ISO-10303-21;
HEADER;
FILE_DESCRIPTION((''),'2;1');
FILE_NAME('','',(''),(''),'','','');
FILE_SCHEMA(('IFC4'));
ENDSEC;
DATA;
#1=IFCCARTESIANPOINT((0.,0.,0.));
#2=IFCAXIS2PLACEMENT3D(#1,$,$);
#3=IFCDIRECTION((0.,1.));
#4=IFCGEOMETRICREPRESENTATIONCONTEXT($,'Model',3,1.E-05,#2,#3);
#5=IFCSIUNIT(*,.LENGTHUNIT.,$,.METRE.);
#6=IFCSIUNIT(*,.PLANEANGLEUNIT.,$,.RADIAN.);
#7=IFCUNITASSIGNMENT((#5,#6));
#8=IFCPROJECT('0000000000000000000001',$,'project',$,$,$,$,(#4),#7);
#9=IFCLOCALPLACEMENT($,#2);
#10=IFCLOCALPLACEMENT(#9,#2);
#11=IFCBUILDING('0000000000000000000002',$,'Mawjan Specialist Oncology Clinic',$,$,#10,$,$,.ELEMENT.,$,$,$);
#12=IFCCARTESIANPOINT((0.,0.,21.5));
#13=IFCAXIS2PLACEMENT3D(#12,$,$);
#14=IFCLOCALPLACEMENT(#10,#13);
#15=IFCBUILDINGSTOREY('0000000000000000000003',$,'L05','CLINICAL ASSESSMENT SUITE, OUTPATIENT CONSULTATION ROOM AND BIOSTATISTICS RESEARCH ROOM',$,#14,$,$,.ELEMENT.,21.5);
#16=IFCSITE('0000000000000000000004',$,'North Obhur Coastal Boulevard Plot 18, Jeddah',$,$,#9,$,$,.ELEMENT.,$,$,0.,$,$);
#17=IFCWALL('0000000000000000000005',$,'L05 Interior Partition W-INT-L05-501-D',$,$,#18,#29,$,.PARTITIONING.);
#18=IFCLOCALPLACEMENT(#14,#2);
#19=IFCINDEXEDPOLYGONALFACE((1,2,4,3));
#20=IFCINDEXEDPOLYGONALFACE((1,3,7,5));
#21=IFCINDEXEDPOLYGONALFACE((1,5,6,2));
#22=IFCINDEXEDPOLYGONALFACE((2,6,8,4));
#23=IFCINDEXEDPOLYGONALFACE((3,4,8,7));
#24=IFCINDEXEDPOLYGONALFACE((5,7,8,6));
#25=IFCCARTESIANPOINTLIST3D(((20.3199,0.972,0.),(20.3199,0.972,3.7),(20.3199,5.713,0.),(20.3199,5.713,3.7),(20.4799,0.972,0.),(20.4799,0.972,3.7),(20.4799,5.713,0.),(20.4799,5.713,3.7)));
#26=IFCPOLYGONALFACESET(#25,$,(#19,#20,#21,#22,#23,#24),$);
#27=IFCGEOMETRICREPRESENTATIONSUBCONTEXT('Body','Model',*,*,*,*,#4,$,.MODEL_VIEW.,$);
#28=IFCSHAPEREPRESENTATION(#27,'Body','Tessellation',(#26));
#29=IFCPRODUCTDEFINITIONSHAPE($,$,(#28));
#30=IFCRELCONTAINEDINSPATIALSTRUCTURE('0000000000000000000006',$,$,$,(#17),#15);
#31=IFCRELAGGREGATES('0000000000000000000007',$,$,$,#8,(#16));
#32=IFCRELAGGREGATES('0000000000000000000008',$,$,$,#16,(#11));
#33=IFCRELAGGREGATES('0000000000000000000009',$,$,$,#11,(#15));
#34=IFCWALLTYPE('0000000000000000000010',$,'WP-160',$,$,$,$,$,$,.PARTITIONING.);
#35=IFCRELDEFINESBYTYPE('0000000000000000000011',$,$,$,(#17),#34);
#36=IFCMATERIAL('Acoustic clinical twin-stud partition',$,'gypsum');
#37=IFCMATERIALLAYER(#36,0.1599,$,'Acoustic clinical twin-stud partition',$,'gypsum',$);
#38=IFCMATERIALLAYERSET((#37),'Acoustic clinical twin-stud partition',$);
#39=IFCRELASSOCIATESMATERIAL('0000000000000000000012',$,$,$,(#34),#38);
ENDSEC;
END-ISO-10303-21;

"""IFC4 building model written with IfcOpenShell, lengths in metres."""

from ifc_helpers import new_model, si_unit, direction, frame, frame_2d, origin, place, context, subcontext, project, spatial, rectangle, extrude, material, layer, layer_set, type_object, element, save


model = new_model("IFC4")

# Units and contexts
model_context = context("Model", 3, precision=1e-05, world=origin(), true_north=direction((0.0, 1.0)))
body_context = subcontext(model_context, "Body", "Model", "MODEL_VIEW")
ifc_project = project(units=[si_unit("LENGTHUNIT", "METRE"), si_unit("PLANEANGLEUNIT", "RADIAN")], contexts=[model_context])

# Site, building, storey
site_placement = place(None, origin())
site = spatial("IfcSite", under=ifc_project, at=site_placement, Name="North Obhur Coastal Boulevard Plot 18, Jeddah", CompositionType="ELEMENT", RefElevation=0.0)
building_placement = place(site_placement, origin())
building = spatial("IfcBuilding", under=site, at=building_placement, Name="Mawjan Specialist Oncology Clinic", CompositionType="ELEMENT")
storey_placement = place(building_placement, frame((0.0, 0.0, 21.5)))
storey = spatial("IfcBuildingStorey", under=building, at=storey_placement, Name="L05", Description="CLINICAL ASSESSMENT SUITE, OUTPATIENT CONSULTATION ROOM AND BIOSTATISTICS RESEARCH ROOM", CompositionType="ELEMENT", Elevation=21.5)

# Wall
ifc_material_1 = material(Name="Acoustic clinical twin-stud partition", Category="gypsum")
ifc_layer_1 = layer(ifc_material_1, 0.1599, Name="Acoustic clinical twin-stud partition", Category="gypsum")
ifc_layer_set_1 = layer_set([ifc_layer_1], Name="Acoustic clinical twin-stud partition")
wall_type_1 = type_object("IfcWallType", Name="WP-160", PredefinedType="PARTITIONING", material=ifc_layer_set_1)
wall_1_placement = place(storey_placement, frame((20.3999, 0.9719, 0.0), z_axis=(0.0, 0.0, 1.0), x_axis=(0.0, 1.0, 0.0)))
element("IfcWall", 1, at=wall_1_placement, inside=storey, type_object=wall_type_1, Name="L05 Interior Partition W-INT-L05-501-D", PredefinedType="PARTITIONING", context=body_context, shape_type="SweptSolid", body=[
    extrude(rectangle(XDim=4.741, YDim=0.1599, at=frame_2d((2.3706, 0.0))), origin(), (0.0, 0.0, 1.0), 3.7),
])

save(model, "model.ifc")
